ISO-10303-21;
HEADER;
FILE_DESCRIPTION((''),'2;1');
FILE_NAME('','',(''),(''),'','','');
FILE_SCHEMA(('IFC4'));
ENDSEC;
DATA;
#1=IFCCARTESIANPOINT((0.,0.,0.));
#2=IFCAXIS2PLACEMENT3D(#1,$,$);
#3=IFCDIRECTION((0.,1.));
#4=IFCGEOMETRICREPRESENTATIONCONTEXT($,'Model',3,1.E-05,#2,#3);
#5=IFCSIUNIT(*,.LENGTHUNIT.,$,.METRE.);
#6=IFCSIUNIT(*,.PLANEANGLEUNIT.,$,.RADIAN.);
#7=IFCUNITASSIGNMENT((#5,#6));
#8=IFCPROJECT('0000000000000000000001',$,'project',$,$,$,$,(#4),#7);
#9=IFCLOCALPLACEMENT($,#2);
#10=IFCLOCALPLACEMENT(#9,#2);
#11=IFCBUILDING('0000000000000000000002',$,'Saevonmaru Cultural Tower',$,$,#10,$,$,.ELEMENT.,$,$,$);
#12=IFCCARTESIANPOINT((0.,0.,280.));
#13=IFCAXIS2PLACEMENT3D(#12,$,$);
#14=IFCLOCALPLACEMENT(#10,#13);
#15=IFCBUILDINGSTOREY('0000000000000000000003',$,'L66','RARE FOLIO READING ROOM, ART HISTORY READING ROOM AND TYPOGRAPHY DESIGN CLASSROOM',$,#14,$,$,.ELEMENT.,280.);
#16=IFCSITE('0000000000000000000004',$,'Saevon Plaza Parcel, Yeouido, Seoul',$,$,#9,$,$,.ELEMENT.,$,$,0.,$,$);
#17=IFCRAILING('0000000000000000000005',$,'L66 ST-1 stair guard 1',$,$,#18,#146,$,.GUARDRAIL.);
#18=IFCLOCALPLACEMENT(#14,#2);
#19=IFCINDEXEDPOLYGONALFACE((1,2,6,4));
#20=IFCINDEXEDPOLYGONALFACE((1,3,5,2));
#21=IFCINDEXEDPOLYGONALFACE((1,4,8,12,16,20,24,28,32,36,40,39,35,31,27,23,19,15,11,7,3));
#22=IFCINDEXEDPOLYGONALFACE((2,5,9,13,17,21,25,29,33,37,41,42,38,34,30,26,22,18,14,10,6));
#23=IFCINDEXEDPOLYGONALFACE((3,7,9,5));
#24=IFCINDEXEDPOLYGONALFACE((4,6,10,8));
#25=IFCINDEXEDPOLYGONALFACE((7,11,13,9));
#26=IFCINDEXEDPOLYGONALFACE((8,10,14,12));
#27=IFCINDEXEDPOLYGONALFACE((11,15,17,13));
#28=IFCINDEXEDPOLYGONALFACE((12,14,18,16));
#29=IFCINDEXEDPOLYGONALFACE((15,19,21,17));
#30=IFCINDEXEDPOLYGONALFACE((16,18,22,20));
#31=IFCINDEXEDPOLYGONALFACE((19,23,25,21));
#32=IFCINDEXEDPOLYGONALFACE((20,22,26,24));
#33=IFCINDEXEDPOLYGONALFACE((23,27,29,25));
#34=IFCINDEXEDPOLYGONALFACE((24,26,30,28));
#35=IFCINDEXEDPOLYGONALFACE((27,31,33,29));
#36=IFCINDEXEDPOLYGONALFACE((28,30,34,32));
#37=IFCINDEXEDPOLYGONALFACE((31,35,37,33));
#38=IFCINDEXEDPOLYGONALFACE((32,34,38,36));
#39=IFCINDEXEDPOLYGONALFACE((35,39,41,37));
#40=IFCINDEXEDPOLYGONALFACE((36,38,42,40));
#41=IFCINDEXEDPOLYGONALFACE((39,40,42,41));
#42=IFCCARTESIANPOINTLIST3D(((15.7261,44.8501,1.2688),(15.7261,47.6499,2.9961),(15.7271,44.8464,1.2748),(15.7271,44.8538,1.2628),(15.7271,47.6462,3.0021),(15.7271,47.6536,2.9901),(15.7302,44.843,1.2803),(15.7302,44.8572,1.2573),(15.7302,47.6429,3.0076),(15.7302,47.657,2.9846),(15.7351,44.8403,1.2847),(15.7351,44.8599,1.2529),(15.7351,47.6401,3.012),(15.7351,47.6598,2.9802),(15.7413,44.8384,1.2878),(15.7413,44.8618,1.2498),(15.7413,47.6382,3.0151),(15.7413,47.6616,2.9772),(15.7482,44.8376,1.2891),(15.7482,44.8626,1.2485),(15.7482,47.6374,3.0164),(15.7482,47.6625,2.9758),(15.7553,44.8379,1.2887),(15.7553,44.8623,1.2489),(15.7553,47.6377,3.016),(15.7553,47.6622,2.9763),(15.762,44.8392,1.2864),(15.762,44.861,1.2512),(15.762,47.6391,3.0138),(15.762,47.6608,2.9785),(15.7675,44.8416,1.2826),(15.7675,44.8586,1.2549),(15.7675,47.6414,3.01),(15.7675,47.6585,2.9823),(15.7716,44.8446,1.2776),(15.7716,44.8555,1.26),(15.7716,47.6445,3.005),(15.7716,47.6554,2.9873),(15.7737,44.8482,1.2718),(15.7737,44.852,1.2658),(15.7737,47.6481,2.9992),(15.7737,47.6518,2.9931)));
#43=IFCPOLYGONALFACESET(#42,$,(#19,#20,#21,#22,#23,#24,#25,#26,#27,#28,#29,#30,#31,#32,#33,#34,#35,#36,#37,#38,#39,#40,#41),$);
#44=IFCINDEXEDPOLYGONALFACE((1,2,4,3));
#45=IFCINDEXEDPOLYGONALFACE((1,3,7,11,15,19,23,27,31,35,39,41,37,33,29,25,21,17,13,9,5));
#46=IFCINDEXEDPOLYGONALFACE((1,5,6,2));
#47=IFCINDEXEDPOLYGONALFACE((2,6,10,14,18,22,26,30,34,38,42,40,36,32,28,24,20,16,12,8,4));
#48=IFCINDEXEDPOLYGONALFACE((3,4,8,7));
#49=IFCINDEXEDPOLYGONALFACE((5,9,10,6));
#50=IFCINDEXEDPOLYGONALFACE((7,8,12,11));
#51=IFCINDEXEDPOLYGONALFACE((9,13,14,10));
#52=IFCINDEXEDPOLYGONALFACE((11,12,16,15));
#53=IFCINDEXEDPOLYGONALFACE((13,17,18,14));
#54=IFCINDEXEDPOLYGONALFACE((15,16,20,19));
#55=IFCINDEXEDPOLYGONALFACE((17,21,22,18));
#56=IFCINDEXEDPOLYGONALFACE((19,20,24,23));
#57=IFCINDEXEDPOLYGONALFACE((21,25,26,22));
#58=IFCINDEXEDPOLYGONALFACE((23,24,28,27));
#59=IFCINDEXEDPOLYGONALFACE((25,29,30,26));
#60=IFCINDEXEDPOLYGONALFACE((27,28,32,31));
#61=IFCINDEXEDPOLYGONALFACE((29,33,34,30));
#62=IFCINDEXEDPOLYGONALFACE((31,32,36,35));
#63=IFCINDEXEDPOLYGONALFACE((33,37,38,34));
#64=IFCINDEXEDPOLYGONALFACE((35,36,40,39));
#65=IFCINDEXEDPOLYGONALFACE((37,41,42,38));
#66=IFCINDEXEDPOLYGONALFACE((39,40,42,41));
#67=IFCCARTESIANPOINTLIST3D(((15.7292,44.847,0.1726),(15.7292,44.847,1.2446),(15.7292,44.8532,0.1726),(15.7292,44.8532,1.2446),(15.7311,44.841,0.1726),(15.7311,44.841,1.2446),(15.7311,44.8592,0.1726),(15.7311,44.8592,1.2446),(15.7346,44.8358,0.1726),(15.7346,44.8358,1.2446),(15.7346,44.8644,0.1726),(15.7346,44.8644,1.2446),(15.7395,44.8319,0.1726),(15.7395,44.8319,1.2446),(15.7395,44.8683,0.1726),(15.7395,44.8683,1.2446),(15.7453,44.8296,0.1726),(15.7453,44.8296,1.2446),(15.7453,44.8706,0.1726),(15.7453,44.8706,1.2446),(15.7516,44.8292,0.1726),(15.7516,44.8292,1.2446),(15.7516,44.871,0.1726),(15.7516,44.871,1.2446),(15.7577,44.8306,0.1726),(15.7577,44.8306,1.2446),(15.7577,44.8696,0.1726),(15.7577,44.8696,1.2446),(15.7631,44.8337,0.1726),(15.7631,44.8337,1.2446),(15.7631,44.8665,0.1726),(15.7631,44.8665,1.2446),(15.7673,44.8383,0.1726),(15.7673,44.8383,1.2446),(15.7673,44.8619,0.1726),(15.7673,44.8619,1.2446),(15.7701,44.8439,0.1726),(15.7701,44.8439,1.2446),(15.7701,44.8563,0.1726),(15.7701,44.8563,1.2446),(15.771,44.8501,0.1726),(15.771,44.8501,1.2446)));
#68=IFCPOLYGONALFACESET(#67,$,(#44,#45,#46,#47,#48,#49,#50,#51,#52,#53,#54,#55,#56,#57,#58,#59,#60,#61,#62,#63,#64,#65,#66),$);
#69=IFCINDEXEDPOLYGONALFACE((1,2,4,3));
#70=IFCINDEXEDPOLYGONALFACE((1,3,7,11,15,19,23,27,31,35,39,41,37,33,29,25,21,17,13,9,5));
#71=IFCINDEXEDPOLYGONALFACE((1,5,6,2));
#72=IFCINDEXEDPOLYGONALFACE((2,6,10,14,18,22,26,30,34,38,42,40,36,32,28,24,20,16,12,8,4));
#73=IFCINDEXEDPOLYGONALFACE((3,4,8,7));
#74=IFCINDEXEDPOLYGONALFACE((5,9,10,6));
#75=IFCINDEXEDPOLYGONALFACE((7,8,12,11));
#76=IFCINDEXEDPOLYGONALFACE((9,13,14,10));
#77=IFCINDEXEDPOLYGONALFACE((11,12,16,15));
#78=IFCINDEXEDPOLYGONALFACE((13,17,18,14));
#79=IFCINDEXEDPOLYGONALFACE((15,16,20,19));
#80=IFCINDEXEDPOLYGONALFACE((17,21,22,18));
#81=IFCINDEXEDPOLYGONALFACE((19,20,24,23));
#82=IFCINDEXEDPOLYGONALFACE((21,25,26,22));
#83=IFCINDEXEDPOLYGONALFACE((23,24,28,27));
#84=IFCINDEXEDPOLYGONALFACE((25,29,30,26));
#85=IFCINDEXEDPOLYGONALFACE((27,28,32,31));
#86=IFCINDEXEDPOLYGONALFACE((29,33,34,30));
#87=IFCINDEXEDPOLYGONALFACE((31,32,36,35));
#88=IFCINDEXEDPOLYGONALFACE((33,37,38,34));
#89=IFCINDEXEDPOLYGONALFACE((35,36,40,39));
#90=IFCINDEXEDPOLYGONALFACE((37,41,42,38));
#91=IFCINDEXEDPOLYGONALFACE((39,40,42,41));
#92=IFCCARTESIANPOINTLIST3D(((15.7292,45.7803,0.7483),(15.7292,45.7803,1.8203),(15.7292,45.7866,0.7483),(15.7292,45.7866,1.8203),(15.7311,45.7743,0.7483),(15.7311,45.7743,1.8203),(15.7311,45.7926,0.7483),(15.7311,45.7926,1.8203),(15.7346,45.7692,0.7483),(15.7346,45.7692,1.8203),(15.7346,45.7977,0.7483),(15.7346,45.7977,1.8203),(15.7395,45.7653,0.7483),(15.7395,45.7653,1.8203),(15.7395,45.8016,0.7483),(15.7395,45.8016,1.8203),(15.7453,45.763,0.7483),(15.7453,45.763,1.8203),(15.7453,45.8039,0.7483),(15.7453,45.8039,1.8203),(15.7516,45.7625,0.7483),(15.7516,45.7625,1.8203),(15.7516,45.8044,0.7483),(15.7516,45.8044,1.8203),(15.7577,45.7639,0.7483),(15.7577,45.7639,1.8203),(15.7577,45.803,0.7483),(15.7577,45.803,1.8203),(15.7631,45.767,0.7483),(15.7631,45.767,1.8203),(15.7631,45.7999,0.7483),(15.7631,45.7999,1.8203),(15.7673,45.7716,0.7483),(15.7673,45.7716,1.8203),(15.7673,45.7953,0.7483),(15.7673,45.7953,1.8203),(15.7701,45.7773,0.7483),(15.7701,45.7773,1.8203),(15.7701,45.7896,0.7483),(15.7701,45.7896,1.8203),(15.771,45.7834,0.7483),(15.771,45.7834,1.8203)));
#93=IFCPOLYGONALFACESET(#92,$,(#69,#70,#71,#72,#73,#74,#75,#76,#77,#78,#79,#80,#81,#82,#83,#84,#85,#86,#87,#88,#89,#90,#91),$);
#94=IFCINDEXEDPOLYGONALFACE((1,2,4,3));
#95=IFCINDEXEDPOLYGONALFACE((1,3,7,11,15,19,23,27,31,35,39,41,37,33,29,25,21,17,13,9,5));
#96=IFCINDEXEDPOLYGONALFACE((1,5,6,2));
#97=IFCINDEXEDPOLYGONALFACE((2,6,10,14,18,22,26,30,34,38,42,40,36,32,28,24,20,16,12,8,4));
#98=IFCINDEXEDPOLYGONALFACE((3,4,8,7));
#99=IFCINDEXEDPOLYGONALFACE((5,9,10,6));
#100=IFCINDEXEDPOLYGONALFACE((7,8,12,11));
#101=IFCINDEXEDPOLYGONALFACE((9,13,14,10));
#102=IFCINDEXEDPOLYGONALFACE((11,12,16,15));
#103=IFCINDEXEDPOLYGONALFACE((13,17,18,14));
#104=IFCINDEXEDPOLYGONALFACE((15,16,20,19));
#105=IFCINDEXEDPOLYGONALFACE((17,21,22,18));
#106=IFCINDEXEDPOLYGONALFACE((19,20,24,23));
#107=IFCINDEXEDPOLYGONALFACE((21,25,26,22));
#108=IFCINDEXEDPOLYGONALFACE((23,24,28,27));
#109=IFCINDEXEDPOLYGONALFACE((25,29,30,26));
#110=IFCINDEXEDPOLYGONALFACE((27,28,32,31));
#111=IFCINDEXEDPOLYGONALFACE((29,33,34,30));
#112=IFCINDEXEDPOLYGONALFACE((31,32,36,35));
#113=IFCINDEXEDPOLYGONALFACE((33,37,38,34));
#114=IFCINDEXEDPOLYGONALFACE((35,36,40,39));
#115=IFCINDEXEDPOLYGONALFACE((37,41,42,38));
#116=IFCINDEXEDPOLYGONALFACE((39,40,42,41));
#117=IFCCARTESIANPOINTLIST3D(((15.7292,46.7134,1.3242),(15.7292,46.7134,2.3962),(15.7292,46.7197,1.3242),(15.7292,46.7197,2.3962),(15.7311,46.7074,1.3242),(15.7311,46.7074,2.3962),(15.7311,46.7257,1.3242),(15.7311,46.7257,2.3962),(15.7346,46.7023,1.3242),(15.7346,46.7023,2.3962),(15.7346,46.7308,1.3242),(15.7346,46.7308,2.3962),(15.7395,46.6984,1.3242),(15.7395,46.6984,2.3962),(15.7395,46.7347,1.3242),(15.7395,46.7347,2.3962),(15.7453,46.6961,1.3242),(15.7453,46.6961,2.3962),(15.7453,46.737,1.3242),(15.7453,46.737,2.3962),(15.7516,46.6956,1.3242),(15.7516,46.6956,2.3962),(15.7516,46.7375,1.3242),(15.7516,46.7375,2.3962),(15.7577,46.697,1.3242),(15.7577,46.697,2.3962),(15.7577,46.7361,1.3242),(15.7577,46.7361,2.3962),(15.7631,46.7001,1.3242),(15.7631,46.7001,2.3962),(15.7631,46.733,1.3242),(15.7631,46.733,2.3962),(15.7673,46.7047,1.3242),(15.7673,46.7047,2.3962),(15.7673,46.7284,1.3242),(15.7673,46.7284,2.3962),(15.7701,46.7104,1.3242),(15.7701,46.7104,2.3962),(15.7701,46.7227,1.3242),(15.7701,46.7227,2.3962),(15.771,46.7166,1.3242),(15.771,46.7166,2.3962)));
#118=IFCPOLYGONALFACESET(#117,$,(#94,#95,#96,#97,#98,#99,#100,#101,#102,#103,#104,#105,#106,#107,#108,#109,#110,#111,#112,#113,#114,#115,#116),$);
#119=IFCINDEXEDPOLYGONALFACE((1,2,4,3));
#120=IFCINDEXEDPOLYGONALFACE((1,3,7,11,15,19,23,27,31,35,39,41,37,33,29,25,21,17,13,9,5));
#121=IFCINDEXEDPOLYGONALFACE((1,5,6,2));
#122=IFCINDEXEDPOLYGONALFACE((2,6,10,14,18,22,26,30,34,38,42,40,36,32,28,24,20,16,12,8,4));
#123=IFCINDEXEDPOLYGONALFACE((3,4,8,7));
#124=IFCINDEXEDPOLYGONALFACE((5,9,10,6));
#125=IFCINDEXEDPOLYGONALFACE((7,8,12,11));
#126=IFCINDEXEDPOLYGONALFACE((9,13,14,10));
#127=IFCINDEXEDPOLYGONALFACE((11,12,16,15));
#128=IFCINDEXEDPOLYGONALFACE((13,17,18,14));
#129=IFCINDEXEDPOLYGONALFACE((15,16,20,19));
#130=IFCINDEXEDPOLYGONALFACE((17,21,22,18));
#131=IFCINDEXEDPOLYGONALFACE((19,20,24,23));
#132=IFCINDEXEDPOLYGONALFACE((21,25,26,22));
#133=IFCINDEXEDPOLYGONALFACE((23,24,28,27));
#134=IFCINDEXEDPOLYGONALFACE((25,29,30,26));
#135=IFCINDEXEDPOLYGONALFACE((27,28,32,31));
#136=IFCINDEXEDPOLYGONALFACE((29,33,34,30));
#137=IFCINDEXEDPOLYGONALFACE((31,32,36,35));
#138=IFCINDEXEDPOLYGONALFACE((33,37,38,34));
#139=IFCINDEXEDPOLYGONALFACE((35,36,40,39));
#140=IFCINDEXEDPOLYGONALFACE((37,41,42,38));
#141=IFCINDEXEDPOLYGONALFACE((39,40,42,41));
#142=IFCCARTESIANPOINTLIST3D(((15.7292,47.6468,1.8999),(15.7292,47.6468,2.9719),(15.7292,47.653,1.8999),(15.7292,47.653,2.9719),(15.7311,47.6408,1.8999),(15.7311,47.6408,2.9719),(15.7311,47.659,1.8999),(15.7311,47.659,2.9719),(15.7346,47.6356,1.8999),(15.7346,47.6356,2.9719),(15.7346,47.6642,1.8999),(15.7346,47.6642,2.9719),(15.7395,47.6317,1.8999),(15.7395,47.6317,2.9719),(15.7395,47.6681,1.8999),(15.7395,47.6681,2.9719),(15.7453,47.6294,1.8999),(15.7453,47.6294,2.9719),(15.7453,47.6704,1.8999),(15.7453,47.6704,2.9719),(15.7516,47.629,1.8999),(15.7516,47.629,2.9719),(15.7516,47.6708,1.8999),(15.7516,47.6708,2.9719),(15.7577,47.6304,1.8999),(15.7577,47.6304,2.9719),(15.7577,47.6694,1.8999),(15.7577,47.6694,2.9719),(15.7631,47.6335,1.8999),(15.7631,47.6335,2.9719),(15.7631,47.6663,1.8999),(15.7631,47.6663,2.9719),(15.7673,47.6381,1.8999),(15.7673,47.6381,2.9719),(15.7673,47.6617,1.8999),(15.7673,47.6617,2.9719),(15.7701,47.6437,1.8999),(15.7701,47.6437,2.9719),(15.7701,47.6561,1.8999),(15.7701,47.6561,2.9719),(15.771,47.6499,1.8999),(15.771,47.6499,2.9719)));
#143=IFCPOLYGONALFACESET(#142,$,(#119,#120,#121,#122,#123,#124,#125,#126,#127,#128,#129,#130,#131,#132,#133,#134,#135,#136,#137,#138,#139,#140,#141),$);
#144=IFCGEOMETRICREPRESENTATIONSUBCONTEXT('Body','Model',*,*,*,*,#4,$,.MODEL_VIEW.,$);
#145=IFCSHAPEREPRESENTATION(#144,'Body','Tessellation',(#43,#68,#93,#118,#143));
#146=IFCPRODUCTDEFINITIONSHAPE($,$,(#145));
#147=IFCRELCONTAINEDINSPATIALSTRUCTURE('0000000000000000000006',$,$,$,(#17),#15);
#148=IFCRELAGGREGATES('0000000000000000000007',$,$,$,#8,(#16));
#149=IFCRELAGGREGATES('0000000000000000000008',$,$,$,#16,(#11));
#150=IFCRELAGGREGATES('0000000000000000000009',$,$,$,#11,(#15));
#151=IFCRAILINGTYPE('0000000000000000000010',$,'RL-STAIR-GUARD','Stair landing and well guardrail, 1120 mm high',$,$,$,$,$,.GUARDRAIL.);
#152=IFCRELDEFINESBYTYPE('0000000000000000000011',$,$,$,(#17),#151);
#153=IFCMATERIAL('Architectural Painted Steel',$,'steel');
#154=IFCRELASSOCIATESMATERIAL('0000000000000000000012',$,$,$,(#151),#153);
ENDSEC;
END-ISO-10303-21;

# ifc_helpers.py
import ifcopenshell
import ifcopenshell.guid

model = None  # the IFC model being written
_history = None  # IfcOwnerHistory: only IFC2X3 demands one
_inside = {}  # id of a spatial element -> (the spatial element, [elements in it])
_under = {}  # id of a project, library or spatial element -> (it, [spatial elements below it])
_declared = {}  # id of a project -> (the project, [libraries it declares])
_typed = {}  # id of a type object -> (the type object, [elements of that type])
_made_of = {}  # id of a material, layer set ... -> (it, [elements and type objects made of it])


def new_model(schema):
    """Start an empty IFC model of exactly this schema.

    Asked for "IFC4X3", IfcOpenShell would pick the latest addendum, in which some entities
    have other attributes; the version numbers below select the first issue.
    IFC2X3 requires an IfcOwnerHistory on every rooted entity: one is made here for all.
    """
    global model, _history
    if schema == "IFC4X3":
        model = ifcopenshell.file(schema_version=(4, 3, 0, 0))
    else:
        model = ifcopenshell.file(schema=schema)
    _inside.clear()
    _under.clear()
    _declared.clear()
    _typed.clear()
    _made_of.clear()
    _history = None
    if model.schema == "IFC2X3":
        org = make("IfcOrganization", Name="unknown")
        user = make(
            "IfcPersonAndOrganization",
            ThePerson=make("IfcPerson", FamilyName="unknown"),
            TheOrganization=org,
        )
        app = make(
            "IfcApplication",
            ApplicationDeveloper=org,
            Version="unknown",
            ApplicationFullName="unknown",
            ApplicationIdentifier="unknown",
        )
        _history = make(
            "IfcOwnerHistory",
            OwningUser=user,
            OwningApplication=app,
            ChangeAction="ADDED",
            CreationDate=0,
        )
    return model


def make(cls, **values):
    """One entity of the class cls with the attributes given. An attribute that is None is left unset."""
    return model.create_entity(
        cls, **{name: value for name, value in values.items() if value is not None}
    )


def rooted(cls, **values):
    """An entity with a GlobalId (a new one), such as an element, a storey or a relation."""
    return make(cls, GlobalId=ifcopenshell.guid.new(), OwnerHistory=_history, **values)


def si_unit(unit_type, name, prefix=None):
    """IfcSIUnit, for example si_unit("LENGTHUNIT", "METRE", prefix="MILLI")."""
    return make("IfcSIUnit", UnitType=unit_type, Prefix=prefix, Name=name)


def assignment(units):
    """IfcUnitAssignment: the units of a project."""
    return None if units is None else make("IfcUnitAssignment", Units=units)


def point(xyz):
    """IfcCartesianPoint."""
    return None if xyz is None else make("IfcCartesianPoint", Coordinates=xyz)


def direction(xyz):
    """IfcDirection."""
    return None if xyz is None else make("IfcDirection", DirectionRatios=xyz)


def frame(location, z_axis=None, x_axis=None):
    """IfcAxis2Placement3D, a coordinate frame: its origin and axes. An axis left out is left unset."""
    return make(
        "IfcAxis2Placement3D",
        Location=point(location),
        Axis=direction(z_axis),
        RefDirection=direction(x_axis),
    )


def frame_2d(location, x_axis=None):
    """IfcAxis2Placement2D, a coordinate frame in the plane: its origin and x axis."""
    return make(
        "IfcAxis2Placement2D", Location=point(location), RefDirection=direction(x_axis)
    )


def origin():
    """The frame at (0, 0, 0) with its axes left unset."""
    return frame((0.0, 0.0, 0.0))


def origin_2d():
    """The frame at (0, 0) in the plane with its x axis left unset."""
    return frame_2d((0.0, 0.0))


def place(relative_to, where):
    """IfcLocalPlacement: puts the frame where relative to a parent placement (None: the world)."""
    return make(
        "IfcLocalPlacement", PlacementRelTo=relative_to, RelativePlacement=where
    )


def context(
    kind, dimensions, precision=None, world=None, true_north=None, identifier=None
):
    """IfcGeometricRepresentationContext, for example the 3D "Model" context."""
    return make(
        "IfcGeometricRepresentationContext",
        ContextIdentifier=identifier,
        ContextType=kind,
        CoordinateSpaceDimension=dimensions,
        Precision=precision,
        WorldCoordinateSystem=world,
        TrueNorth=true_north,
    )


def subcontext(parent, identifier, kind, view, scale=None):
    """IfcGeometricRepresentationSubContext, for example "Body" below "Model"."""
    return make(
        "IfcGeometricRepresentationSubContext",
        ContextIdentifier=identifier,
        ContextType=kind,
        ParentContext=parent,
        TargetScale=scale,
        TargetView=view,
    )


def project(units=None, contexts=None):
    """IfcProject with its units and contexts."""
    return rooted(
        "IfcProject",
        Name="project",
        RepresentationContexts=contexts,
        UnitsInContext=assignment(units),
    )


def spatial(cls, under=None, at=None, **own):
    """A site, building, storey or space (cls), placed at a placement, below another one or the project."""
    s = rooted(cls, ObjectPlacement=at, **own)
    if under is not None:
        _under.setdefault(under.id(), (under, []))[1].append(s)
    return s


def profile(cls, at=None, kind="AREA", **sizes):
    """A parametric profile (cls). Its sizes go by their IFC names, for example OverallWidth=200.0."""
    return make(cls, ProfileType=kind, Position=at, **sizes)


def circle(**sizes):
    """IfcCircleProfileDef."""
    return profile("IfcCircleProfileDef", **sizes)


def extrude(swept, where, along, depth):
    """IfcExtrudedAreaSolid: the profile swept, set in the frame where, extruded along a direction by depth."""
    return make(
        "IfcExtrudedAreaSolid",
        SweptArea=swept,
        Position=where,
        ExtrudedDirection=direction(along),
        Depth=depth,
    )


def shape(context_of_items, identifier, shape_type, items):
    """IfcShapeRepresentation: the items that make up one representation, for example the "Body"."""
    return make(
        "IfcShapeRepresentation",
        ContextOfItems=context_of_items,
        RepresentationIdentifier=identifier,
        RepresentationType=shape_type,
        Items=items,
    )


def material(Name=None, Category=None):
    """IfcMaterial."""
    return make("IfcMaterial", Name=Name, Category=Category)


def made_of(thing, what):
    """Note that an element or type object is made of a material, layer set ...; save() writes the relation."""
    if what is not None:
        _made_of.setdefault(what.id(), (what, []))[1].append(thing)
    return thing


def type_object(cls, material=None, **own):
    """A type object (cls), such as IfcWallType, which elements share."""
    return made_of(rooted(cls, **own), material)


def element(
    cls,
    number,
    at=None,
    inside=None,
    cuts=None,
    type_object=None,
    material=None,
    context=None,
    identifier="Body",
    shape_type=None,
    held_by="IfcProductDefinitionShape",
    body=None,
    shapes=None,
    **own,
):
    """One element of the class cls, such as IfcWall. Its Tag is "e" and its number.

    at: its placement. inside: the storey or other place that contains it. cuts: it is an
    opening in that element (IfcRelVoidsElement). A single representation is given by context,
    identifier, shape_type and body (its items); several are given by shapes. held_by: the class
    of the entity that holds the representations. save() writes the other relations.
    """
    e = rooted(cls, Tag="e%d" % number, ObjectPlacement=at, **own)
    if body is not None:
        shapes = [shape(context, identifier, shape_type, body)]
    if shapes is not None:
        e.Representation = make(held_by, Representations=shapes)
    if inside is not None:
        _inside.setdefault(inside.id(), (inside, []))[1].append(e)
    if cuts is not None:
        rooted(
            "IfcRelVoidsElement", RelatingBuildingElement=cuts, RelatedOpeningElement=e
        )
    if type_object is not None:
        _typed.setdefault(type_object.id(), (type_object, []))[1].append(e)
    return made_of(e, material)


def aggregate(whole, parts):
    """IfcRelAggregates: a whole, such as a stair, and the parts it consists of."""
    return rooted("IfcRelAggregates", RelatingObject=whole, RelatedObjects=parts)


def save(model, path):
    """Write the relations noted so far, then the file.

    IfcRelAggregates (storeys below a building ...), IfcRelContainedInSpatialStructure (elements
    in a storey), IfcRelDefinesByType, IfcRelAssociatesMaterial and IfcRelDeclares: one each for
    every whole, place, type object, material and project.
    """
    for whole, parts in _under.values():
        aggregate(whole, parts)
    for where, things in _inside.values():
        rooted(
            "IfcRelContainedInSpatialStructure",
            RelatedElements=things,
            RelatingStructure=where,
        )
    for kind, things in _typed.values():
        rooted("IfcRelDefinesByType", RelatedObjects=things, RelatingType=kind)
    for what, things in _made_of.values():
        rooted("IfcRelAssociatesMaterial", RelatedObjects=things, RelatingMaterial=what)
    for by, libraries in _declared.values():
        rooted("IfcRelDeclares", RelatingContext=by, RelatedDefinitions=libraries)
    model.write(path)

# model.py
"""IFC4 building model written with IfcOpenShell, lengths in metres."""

from ifc_helpers import new_model, si_unit, direction, frame, origin, origin_2d, place, context, subcontext, project, spatial, circle, extrude, material, type_object, element, save


model = new_model("IFC4")

# Units and contexts
model_context = context("Model", 3, precision=1e-05, world=origin(), true_north=direction((0.0, 1.0)))
body_context = subcontext(model_context, "Body", "Model", "MODEL_VIEW")
ifc_project = project(units=[si_unit("LENGTHUNIT", "METRE"), si_unit("PLANEANGLEUNIT", "RADIAN")], contexts=[model_context])

# Site, building, storey
site_placement = place(None, origin())
site = spatial("IfcSite", under=ifc_project, at=site_placement, Name="Saevon Plaza Parcel, Yeouido, Seoul", CompositionType="ELEMENT", RefElevation=0.0)
building_placement = place(site_placement, origin())
building = spatial("IfcBuilding", under=site, at=building_placement, Name="Saevonmaru Cultural Tower", CompositionType="ELEMENT")
storey_placement = place(building_placement, frame((0.0, 0.0, 280.0)))
storey = spatial("IfcBuildingStorey", under=building, at=storey_placement, Name="L66", Description="RARE FOLIO READING ROOM, ART HISTORY READING ROOM AND TYPOGRAPHY DESIGN CLASSROOM", CompositionType="ELEMENT", Elevation=280.0)

# Railing
ifc_material_1 = material(Name="Architectural Painted Steel", Category="steel")
railing_type_1 = type_object("IfcRailingType", Name="RL-STAIR-GUARD", Description="Stair landing and well guardrail, 1120 mm high", PredefinedType="GUARDRAIL", material=ifc_material_1)
railing_1_placement = place(storey_placement, frame((15.75, 44.8501, 0.1726)))
element("IfcRailing", 1, at=railing_1_placement, inside=storey, type_object=railing_type_1, Name="L66 ST-1 stair guard 1", PredefinedType="GUARDRAIL", context=body_context, shape_type="SweptSolid", body=[
    extrude(circle(Radius=0.0239, at=origin_2d()), frame((0.0, 0.0, 1.0962), z_axis=(0.0, 0.851069, 0.525054), x_axis=(-1.0, 0.0, 0.0)), (0.0, 0.0, 1.0), 3.2898),
    extrude(circle(Radius=0.021, at=origin_2d()), origin(), (0.0, 0.0, 1.0), 1.072),
    extrude(circle(Radius=0.021, at=origin_2d()), frame((0.0, 0.9333, 0.5757)), (0.0, 0.0, 1.0), 1.072),
    extrude(circle(Radius=0.021, at=origin_2d()), frame((0.0, 1.8665, 1.1516)), (0.0, 0.0, 1.0), 1.072),
    extrude(circle(Radius=0.021, at=origin_2d()), frame((0.0, 2.7998, 1.7273)), (0.0, 0.0, 1.0), 1.072),
])

save(model, "model.ifc")
